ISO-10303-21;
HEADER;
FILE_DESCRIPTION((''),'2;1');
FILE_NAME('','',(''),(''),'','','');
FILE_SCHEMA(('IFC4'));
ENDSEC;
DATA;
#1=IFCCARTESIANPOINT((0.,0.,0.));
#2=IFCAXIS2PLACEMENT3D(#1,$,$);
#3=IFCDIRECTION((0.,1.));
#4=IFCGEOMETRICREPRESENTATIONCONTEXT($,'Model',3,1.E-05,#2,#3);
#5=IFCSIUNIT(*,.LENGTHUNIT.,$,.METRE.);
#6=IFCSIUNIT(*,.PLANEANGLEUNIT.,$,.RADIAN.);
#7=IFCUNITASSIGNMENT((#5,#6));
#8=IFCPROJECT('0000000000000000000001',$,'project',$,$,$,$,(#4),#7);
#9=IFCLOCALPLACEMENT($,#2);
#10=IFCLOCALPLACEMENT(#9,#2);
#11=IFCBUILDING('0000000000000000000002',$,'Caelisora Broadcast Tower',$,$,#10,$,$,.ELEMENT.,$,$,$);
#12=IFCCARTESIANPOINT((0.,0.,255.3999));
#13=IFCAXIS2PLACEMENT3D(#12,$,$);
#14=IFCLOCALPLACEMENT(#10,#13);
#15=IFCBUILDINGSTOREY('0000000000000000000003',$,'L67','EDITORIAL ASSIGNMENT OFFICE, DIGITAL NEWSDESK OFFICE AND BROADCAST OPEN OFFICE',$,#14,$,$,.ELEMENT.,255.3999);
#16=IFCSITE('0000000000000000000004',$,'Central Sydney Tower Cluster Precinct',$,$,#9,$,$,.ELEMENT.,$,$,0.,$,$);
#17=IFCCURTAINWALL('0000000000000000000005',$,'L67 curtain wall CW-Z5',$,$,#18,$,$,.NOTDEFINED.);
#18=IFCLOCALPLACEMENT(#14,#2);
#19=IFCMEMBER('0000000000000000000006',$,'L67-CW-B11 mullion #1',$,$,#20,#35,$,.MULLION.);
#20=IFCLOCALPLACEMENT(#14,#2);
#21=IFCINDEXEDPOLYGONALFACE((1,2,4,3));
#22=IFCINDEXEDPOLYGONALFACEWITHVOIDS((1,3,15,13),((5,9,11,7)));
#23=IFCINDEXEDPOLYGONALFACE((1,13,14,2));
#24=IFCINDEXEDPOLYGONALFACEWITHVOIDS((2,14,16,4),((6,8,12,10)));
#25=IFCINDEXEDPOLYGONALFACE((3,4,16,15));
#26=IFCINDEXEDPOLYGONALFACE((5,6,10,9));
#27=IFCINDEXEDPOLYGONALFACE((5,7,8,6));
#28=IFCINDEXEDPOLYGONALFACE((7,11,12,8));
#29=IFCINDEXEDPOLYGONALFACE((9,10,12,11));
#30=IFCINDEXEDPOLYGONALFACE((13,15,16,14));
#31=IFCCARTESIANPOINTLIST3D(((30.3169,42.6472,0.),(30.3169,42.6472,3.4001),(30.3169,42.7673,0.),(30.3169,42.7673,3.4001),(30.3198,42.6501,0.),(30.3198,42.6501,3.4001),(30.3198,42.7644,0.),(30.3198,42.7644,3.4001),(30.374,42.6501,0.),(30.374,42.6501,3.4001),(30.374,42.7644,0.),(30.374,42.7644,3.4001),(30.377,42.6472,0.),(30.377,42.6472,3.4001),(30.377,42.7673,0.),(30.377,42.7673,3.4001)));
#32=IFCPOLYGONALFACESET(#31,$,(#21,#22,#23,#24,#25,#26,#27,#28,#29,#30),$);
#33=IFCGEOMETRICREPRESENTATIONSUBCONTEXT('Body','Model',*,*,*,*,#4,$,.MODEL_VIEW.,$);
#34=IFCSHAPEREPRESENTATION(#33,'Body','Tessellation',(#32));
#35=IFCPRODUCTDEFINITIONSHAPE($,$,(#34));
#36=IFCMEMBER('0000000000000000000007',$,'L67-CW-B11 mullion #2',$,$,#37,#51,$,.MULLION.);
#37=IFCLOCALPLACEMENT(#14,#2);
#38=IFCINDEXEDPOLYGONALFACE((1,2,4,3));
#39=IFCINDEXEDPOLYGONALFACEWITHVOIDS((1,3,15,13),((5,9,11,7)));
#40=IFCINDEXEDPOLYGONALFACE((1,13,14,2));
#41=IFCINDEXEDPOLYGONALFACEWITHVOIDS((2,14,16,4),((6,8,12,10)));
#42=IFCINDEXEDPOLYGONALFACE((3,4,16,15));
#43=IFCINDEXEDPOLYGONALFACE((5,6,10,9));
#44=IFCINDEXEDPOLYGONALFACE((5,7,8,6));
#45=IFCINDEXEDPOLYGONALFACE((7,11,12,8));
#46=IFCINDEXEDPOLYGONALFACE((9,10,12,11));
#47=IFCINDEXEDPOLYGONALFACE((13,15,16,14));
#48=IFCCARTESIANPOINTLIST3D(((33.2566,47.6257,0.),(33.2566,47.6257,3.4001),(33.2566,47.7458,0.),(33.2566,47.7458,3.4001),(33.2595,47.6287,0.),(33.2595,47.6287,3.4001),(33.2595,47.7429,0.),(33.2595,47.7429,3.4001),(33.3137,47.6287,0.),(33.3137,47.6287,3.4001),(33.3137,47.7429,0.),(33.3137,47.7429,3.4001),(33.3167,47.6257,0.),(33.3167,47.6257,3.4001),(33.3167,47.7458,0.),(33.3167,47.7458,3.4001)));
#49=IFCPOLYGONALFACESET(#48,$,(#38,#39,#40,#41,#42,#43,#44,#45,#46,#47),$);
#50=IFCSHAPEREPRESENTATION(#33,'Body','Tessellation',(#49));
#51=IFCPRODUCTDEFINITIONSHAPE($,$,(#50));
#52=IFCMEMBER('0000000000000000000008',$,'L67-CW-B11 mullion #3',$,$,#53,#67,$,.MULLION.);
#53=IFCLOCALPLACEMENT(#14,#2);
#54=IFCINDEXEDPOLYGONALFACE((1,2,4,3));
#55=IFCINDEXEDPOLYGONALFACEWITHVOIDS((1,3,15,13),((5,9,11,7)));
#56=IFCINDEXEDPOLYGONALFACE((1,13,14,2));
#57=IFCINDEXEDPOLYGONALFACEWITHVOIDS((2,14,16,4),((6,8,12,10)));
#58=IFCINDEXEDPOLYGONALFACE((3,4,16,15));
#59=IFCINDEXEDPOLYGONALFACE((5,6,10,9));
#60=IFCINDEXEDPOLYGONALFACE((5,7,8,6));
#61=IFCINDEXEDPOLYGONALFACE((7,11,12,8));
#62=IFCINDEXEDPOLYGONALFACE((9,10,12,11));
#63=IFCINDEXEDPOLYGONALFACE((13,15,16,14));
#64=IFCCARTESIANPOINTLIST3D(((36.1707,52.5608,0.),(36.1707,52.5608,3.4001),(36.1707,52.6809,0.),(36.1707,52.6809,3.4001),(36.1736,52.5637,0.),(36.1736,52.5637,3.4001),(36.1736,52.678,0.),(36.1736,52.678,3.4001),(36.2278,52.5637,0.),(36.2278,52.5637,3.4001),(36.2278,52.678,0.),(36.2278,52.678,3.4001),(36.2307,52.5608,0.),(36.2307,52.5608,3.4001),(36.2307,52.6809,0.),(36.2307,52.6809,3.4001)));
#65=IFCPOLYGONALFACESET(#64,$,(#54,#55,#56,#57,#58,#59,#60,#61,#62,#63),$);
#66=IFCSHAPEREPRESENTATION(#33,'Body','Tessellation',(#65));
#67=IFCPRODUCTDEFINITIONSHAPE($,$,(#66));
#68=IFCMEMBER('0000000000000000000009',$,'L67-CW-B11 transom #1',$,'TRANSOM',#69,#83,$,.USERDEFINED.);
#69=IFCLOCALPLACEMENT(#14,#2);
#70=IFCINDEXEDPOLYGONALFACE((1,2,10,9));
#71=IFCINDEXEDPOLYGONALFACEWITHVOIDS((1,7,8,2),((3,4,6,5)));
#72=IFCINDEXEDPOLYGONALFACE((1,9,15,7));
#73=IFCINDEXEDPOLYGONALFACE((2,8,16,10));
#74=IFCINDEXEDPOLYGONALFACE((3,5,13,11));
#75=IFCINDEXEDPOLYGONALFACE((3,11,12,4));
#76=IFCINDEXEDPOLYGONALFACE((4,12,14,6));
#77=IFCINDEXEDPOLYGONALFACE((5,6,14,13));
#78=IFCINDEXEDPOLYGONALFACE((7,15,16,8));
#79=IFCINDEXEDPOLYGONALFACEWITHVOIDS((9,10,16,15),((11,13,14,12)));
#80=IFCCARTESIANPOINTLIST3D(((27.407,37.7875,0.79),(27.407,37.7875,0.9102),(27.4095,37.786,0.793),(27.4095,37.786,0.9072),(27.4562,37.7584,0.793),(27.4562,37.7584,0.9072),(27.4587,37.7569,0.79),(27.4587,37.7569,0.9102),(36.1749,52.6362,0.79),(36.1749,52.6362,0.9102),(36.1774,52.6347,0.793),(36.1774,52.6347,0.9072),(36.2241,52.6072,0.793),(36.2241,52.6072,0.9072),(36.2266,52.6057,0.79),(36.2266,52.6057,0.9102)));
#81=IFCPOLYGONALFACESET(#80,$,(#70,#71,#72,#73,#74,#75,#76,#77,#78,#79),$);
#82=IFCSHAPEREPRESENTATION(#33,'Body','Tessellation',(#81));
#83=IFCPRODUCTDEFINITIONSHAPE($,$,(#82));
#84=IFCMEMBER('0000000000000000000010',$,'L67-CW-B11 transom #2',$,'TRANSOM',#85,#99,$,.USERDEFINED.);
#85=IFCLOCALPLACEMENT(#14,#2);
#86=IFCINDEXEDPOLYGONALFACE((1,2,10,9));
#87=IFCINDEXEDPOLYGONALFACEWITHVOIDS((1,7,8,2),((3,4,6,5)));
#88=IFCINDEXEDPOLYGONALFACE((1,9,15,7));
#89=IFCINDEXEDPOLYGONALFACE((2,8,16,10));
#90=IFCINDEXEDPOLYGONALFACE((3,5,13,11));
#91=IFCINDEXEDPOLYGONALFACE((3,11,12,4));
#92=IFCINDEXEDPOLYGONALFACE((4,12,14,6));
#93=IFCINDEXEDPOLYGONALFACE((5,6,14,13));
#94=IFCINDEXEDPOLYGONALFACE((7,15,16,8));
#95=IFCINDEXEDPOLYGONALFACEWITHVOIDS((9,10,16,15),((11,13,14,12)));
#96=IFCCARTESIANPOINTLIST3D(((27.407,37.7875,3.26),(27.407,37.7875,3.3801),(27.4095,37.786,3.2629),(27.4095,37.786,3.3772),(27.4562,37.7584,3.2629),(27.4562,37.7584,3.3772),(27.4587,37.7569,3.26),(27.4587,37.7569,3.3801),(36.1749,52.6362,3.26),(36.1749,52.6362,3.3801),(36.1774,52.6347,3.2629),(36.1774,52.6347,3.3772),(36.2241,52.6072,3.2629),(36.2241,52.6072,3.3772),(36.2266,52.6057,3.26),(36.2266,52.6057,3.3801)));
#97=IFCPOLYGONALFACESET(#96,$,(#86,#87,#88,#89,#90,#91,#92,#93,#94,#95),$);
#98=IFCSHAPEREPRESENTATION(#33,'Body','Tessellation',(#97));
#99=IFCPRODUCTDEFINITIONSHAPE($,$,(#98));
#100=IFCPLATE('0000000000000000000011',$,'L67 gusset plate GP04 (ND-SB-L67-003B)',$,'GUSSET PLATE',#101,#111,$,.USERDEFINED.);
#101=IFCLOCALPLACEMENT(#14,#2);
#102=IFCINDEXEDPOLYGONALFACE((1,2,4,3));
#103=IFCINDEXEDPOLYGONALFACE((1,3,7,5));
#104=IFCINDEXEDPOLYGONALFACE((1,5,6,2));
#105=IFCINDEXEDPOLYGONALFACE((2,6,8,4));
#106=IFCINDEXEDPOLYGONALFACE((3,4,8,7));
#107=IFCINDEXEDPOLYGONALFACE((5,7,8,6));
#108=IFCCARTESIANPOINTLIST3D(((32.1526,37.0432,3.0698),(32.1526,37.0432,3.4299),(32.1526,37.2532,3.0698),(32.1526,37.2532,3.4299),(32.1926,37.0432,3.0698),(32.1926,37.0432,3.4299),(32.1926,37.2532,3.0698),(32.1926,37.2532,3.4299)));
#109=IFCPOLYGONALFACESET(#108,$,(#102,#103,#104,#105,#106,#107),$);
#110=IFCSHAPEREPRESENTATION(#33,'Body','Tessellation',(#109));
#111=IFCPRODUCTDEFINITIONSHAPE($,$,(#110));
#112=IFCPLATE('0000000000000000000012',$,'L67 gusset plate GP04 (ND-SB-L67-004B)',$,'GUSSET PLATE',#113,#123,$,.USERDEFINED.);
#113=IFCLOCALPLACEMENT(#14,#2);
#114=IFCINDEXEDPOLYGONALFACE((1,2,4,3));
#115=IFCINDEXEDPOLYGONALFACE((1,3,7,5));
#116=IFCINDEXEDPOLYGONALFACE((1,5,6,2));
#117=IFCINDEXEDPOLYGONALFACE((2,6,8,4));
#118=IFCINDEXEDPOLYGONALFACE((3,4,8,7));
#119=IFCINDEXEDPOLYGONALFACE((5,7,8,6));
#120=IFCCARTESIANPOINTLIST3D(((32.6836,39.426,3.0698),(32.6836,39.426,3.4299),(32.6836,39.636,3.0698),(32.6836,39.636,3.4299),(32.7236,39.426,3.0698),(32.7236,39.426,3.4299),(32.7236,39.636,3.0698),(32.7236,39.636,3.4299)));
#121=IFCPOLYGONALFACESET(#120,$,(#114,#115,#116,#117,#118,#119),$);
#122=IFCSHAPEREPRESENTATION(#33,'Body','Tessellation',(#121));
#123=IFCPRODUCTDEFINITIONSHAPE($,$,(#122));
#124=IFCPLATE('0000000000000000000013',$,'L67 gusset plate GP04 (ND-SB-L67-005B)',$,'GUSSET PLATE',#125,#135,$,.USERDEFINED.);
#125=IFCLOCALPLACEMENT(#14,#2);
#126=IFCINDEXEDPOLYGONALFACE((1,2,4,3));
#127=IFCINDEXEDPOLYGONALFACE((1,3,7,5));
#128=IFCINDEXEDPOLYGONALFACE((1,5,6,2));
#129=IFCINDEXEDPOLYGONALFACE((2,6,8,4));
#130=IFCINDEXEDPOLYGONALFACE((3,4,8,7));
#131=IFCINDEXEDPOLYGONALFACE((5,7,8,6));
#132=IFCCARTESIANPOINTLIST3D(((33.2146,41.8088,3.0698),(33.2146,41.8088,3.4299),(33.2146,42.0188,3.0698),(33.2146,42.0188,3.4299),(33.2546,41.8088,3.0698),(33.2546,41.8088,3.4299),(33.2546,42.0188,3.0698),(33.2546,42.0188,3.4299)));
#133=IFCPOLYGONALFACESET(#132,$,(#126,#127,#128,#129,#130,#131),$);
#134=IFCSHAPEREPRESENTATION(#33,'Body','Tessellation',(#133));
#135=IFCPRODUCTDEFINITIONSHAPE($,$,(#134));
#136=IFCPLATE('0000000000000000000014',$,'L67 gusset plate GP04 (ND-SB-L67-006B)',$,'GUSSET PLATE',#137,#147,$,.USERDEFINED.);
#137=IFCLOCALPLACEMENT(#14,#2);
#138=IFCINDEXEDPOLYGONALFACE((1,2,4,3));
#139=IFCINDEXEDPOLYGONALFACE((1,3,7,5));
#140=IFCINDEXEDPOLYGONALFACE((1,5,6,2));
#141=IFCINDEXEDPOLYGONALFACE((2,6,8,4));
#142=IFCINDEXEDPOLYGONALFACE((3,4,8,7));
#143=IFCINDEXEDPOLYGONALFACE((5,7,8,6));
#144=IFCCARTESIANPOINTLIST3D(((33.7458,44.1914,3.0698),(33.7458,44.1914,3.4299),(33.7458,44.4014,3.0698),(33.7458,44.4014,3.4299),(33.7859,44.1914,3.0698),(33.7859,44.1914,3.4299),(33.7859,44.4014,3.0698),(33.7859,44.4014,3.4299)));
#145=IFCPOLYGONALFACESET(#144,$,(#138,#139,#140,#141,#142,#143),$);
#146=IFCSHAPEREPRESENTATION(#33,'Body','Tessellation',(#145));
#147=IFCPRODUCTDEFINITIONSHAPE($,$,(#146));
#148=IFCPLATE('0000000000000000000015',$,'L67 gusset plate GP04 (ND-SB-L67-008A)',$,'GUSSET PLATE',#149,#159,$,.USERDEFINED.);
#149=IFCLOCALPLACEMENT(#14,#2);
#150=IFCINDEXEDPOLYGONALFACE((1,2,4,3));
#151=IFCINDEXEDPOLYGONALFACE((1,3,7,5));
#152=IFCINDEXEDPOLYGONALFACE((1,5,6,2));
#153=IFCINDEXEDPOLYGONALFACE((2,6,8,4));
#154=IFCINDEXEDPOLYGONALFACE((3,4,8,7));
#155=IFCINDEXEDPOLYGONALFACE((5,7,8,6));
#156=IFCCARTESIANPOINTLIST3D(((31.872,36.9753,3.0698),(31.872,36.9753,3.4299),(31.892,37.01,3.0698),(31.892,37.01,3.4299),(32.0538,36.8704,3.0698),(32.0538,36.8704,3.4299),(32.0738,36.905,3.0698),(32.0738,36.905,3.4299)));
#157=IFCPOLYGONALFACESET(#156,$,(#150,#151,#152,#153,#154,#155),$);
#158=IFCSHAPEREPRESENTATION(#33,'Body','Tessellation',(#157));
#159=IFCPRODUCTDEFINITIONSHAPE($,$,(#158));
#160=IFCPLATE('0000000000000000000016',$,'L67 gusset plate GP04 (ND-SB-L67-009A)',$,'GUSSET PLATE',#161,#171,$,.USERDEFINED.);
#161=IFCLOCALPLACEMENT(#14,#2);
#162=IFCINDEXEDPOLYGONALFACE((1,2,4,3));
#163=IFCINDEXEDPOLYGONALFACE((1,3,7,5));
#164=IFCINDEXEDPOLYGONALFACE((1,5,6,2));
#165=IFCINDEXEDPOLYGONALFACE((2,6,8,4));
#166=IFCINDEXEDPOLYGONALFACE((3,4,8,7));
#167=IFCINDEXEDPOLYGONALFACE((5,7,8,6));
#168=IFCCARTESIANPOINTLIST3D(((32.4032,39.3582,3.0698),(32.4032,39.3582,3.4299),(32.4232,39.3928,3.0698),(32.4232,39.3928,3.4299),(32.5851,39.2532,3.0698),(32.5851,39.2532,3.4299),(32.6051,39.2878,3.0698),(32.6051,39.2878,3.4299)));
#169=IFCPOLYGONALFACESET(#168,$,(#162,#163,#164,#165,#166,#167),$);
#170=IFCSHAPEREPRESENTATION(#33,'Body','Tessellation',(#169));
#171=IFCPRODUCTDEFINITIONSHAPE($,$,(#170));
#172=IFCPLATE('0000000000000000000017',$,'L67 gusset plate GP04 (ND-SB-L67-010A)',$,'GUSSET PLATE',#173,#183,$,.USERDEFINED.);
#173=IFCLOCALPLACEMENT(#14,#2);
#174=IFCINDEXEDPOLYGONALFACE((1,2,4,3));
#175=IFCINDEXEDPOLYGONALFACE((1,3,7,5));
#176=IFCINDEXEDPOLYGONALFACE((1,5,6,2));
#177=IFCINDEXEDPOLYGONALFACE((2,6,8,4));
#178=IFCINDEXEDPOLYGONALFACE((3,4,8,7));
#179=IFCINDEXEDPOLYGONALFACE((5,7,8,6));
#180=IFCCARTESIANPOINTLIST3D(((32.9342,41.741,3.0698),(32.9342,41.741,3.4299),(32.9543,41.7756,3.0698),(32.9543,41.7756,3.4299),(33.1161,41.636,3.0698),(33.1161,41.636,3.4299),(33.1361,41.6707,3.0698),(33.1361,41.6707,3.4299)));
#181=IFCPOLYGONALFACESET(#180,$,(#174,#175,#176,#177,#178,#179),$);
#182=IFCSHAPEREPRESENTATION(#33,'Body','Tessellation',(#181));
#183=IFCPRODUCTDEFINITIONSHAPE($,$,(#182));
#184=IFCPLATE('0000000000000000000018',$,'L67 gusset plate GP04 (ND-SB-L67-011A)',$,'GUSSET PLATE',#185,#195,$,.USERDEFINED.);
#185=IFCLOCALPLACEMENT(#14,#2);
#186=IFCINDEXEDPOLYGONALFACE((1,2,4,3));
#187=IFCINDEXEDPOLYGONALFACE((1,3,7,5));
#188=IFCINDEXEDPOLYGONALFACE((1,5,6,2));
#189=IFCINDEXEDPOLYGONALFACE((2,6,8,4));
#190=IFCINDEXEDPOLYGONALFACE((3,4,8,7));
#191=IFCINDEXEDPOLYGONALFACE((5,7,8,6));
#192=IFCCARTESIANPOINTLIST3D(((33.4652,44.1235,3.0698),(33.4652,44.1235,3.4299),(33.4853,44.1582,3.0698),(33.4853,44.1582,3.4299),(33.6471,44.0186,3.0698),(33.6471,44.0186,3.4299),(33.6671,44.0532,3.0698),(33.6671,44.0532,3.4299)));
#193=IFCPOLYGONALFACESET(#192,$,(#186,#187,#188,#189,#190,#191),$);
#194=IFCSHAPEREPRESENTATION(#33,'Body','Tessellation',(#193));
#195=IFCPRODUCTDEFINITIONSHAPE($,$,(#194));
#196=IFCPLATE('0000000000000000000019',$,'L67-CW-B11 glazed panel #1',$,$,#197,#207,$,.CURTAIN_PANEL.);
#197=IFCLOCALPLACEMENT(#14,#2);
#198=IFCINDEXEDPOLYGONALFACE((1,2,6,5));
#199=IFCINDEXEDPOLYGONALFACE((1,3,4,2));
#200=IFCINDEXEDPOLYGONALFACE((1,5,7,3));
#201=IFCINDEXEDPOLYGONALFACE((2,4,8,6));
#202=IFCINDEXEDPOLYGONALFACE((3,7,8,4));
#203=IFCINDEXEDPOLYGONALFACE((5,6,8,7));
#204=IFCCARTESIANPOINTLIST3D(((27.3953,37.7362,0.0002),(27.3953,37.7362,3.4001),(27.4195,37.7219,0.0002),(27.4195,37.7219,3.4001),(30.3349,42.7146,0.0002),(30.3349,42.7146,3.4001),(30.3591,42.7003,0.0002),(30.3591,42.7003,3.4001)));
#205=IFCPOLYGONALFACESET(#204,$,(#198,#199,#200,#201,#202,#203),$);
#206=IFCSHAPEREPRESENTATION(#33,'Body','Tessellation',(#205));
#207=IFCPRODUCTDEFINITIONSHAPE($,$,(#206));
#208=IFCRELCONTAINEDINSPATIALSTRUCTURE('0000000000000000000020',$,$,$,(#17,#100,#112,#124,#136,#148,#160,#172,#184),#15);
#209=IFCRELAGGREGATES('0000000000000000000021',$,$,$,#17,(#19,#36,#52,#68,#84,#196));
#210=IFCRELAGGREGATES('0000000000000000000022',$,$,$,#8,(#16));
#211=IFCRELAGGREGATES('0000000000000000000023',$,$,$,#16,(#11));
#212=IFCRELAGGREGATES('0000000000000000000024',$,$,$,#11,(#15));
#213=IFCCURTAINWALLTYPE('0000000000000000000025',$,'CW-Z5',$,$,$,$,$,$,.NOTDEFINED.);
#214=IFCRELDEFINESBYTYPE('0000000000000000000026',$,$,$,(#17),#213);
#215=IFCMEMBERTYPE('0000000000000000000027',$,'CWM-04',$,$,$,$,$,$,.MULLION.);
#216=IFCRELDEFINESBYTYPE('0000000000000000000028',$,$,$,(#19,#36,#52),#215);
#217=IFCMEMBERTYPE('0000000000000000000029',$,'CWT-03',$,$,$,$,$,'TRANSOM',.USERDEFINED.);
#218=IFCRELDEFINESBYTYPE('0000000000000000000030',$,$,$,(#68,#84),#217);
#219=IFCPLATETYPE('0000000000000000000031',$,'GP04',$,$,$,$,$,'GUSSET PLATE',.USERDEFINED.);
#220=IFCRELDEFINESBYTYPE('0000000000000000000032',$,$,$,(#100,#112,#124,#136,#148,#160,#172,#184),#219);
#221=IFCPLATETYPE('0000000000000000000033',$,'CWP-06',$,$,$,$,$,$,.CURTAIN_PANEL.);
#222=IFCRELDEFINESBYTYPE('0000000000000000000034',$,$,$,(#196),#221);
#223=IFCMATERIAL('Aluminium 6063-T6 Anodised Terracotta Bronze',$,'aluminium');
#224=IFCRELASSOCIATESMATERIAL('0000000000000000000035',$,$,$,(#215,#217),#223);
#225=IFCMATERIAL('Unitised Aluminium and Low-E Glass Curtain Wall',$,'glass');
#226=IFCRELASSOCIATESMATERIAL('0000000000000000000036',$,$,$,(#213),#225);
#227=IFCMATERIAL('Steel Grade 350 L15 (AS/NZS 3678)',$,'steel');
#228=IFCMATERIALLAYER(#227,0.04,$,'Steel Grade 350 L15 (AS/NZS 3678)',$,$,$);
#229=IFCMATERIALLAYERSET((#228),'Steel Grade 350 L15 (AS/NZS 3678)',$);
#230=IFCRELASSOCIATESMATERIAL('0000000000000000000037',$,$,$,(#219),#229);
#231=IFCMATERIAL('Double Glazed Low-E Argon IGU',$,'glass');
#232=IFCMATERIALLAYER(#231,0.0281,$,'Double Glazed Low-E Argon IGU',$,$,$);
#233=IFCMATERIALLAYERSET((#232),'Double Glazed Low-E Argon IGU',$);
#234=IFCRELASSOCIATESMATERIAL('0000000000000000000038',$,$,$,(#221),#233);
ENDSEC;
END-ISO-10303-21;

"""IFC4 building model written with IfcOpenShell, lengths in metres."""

from ifc_helpers import new_model, si_unit, direction, frame, origin, origin_2d, place, context, subcontext, project, spatial, rectangle, hollow_rectangle, extrude, source, transform, mapped, material, layer, layer_set, material_profile, profile_set, type_object, type_shapes, element, aggregate, save


model = new_model("IFC4")

# Units and contexts
model_context = context("Model", 3, precision=1e-05, world=origin(), true_north=direction((0.0, 1.0)))
body_context = subcontext(model_context, "Body", "Model", "MODEL_VIEW")
ifc_project = project(units=[si_unit("LENGTHUNIT", "METRE"), si_unit("PLANEANGLEUNIT", "RADIAN")], contexts=[model_context])

# Site, building, storey
site_placement = place(None, origin())
site = spatial("IfcSite", under=ifc_project, at=site_placement, Name="Central Sydney Tower Cluster Precinct", CompositionType="ELEMENT", RefElevation=0.0)
building_placement = place(site_placement, origin())
building = spatial("IfcBuilding", under=site, at=building_placement, Name="Caelisora Broadcast Tower", CompositionType="ELEMENT")
storey_placement = place(building_placement, frame((0.0, 0.0, 255.3999)))
storey = spatial("IfcBuildingStorey", under=building, at=storey_placement, Name="L67", Description="EDITORIAL ASSIGNMENT OFFICE, DIGITAL NEWSDESK OFFICE AND BROADCAST OPEN OFFICE", CompositionType="ELEMENT", Elevation=255.3999)

# Shared definitions
ifc_material_1 = material(Name="Steel Grade 350 L15 (AS/NZS 3678)", Category="steel")

# Shared definitions
ifc_material_2 = material(Name="Aluminium 6063-T6 Anodised Terracotta Bronze", Category="aluminium")
ifc_material_profile_1 = material_profile(ifc_material_2, hollow_rectangle(XDim=0.0601, YDim=0.1201, WallThickness=0.0029, at=origin_2d()), Name="Aluminium 6063-T6 Anodised Terracotta Bronze")
ifc_profile_set_1 = profile_set([ifc_material_profile_1], Name="Aluminium 6063-T6 Anodised Terracotta Bronze")
member_type_1 = type_object("IfcMemberType", Name="CWM-04", PredefinedType="MULLION", material=ifc_profile_set_1)
shared_shape_1 = source(origin(), body_context, "Body", "SweptSolid", [
    extrude(hollow_rectangle(XDim=0.0601, YDim=0.1201, WallThickness=0.0029, at=origin_2d()), origin(), (0.0, 0.0, 1.0), 3.4001),
])
type_shapes(member_type_1, [shared_shape_1])

# Curtain wall, members
ifc_material_3 = material(Name="Unitised Aluminium and Low-E Glass Curtain Wall", Category="glass")
curtain_wall_type_1 = type_object("IfcCurtainWallType", Name="CW-Z5", PredefinedType="NOTDEFINED", material=ifc_material_3)
curtain_wall_1_placement = place(storey_placement, origin())
curtain_wall_1 = element("IfcCurtainWall", 1, at=curtain_wall_1_placement, inside=storey, type_object=curtain_wall_type_1, Name="L67 curtain wall CW-Z5", PredefinedType="NOTDEFINED")
member_1_placement = place(storey_placement, frame((30.3469, 42.7073, 0.0), z_axis=(0.0, 0.0, 1.0), x_axis=(1.0, 0.0, 0.0)))
member_1 = element("IfcMember", 2, at=member_1_placement, type_object=member_type_1, Name="L67-CW-B11 mullion #1", PredefinedType="MULLION", context=body_context, shape_type="MappedRepresentation", body=[
    mapped(shared_shape_1, transform((0.0, 0.0, 0.0), scale=1.0)),
])
member_2_placement = place(storey_placement, frame((33.2866, 47.6858, 0.0), z_axis=(0.0, 0.0, 1.0), x_axis=(1.0, 0.0, 0.0)))
member_2 = element("IfcMember", 3, at=member_2_placement, type_object=member_type_1, Name="L67-CW-B11 mullion #2", PredefinedType="MULLION", context=body_context, shape_type="MappedRepresentation", body=[
    mapped(shared_shape_1, transform((0.0, 0.0, 0.0), scale=1.0)),
])
member_3_placement = place(storey_placement, frame((36.2007, 52.6208, 0.0), z_axis=(0.0, 0.0, 1.0), x_axis=(1.0, 0.0, 0.0)))
member_3 = element("IfcMember", 4, at=member_3_placement, type_object=member_type_1, Name="L67-CW-B11 mullion #3", PredefinedType="MULLION", context=body_context, shape_type="MappedRepresentation", body=[
    mapped(shared_shape_1, transform((0.0, 0.0, 0.0), scale=1.0)),
])
ifc_material_profile_2 = material_profile(ifc_material_2, hollow_rectangle(XDim=0.0601, YDim=0.1201, WallThickness=0.0029, at=origin_2d()), Name="Aluminium 6063-T6 Anodised Terracotta Bronze")
ifc_profile_set_2 = profile_set([ifc_material_profile_2], Name="Aluminium 6063-T6 Anodised Terracotta Bronze")
member_type_2 = type_object("IfcMemberType", Name="CWT-03", ElementType="TRANSOM", PredefinedType="USERDEFINED", material=ifc_profile_set_2)
shared_shape_2 = source(origin(), body_context, "Body", "SweptSolid", [
    extrude(hollow_rectangle(XDim=0.0601, YDim=0.1201, WallThickness=0.0029, at=origin_2d()), origin(), (0.0, 0.0, 1.0), 17.2441),
])
type_shapes(member_type_2, [shared_shape_2])
member_4_placement = place(storey_placement, frame((27.4329, 37.7722, 0.8501), z_axis=(0.508455, 0.861088, 0.0), x_axis=(-0.861088, 0.508455, 0.0)))
member_4 = element("IfcMember", 5, at=member_4_placement, type_object=member_type_2, Name="L67-CW-B11 transom #1", ObjectType="TRANSOM", PredefinedType="USERDEFINED", context=body_context, shape_type="MappedRepresentation", body=[
    mapped(shared_shape_2, transform((0.0, 0.0, 0.0), scale=1.0)),
])
member_5_placement = place(storey_placement, frame((27.4329, 37.7722, 3.3201), z_axis=(0.508455, 0.861088, 0.0), x_axis=(-0.861088, 0.508455, 0.0)))
member_5 = element("IfcMember", 6, at=member_5_placement, type_object=member_type_2, Name="L67-CW-B11 transom #2", ObjectType="TRANSOM", PredefinedType="USERDEFINED", context=body_context, shape_type="MappedRepresentation", body=[
    mapped(shared_shape_2, transform((0.0, 0.0, 0.0), scale=1.0)),
])

# Plates
ifc_layer_1 = layer(ifc_material_1, 0.04, Name="Steel Grade 350 L15 (AS/NZS 3678)")
ifc_layer_set_1 = layer_set([ifc_layer_1], Name="Steel Grade 350 L15 (AS/NZS 3678)")
plate_type_1 = type_object("IfcPlateType", Name="GP04", ElementType="GUSSET PLATE", PredefinedType="USERDEFINED", material=ifc_layer_set_1)
shared_shape_3 = source(origin(), body_context, "Body", "SweptSolid", [
    extrude(rectangle(XDim=0.21, YDim=0.04, at=origin_2d()), origin(), (0.0, 0.0, 1.0), 0.3601),
])
type_shapes(plate_type_1, [shared_shape_3])
for number, where, z_axis, x_axis, name in (
    (7, (32.1726, 37.1482, 3.0698), (0.0, 0.0, 1.0), (0.0, -1.0, 0.0), "L67 gusset plate GP04 (ND-SB-L67-003B)"),
    (8, (32.7036, 39.531, 3.0698), (0.0, 0.0, 1.0), (0.0, -1.0, 0.0), "L67 gusset plate GP04 (ND-SB-L67-004B)"),
    (9, (33.2346, 41.9138, 3.0698), (0.0, 0.0, 1.0), (0.0, -1.0, 0.0), "L67 gusset plate GP04 (ND-SB-L67-005B)"),
    (10, (33.7659, 44.2964, 3.0698), (0.0, 0.0, 1.0), (0.0, -1.0, 0.0), "L67 gusset plate GP04 (ND-SB-L67-006B)"),
    (11, (31.9729, 36.9402, 3.0698), (0.0, 0.0, 1.0), (0.866025, -0.5, 0.0), "L67 gusset plate GP04 (ND-SB-L67-008A)"),
    (12, (32.5042, 39.323, 3.0698), (0.0, 0.0, 1.0), (0.866025, -0.5, 0.0), "L67 gusset plate GP04 (ND-SB-L67-009A)"),
    (13, (33.0352, 41.7058, 3.0698), (0.0, 0.0, 1.0), (0.866025, -0.5, 0.0), "L67 gusset plate GP04 (ND-SB-L67-010A)"),
    (14, (33.5662, 44.0884, 3.0698), (0.0, 0.0, 1.0), (0.866025, -0.5, 0.0), "L67 gusset plate GP04 (ND-SB-L67-011A)"),
):
    element("IfcPlate", number, at=place(storey_placement, frame(where, z_axis=z_axis, x_axis=x_axis)), inside=storey, type_object=plate_type_1, Name=name, ObjectType="GUSSET PLATE", PredefinedType="USERDEFINED", context=body_context, shape_type="MappedRepresentation", body=[
        mapped(shared_shape_3, transform((0.0, 0.0, 0.0), scale=1.0)),
    ])

# Plate
ifc_material_4 = material(Name="Double Glazed Low-E Argon IGU", Category="glass")
ifc_layer_2 = layer(ifc_material_4, 0.0281, Name="Double Glazed Low-E Argon IGU")
ifc_layer_set_2 = layer_set([ifc_layer_2], Name="Double Glazed Low-E Argon IGU")
plate_type_2 = type_object("IfcPlateType", Name="CWP-06", PredefinedType="CURTAIN_PANEL", material=ifc_layer_set_2)
shared_shape_4 = source(origin(), body_context, "Body", "SweptSolid", [
    extrude(rectangle(XDim=5.7815, YDim=0.0281, at=origin_2d()), origin(), (0.0, 0.0, 1.0), 3.3999),
])
type_shapes(plate_type_2, [shared_shape_4])
plate_1_placement = place(storey_placement, frame((28.8772, 40.2183, 0.0002), z_axis=(0.0, 0.0, 1.0), x_axis=(0.50844, 0.861097, 0.0)))
plate_1 = element("IfcPlate", 15, at=plate_1_placement, type_object=plate_type_2, Name="L67-CW-B11 glazed panel #1", PredefinedType="CURTAIN_PANEL", context=body_context, shape_type="MappedRepresentation", body=[
    mapped(shared_shape_4, transform((0.0, 0.0, 0.0), scale=1.0)),
])
aggregate(curtain_wall_1, [member_1, member_2, member_3, member_4, member_5, plate_1])

save(model, "model.ifc")
